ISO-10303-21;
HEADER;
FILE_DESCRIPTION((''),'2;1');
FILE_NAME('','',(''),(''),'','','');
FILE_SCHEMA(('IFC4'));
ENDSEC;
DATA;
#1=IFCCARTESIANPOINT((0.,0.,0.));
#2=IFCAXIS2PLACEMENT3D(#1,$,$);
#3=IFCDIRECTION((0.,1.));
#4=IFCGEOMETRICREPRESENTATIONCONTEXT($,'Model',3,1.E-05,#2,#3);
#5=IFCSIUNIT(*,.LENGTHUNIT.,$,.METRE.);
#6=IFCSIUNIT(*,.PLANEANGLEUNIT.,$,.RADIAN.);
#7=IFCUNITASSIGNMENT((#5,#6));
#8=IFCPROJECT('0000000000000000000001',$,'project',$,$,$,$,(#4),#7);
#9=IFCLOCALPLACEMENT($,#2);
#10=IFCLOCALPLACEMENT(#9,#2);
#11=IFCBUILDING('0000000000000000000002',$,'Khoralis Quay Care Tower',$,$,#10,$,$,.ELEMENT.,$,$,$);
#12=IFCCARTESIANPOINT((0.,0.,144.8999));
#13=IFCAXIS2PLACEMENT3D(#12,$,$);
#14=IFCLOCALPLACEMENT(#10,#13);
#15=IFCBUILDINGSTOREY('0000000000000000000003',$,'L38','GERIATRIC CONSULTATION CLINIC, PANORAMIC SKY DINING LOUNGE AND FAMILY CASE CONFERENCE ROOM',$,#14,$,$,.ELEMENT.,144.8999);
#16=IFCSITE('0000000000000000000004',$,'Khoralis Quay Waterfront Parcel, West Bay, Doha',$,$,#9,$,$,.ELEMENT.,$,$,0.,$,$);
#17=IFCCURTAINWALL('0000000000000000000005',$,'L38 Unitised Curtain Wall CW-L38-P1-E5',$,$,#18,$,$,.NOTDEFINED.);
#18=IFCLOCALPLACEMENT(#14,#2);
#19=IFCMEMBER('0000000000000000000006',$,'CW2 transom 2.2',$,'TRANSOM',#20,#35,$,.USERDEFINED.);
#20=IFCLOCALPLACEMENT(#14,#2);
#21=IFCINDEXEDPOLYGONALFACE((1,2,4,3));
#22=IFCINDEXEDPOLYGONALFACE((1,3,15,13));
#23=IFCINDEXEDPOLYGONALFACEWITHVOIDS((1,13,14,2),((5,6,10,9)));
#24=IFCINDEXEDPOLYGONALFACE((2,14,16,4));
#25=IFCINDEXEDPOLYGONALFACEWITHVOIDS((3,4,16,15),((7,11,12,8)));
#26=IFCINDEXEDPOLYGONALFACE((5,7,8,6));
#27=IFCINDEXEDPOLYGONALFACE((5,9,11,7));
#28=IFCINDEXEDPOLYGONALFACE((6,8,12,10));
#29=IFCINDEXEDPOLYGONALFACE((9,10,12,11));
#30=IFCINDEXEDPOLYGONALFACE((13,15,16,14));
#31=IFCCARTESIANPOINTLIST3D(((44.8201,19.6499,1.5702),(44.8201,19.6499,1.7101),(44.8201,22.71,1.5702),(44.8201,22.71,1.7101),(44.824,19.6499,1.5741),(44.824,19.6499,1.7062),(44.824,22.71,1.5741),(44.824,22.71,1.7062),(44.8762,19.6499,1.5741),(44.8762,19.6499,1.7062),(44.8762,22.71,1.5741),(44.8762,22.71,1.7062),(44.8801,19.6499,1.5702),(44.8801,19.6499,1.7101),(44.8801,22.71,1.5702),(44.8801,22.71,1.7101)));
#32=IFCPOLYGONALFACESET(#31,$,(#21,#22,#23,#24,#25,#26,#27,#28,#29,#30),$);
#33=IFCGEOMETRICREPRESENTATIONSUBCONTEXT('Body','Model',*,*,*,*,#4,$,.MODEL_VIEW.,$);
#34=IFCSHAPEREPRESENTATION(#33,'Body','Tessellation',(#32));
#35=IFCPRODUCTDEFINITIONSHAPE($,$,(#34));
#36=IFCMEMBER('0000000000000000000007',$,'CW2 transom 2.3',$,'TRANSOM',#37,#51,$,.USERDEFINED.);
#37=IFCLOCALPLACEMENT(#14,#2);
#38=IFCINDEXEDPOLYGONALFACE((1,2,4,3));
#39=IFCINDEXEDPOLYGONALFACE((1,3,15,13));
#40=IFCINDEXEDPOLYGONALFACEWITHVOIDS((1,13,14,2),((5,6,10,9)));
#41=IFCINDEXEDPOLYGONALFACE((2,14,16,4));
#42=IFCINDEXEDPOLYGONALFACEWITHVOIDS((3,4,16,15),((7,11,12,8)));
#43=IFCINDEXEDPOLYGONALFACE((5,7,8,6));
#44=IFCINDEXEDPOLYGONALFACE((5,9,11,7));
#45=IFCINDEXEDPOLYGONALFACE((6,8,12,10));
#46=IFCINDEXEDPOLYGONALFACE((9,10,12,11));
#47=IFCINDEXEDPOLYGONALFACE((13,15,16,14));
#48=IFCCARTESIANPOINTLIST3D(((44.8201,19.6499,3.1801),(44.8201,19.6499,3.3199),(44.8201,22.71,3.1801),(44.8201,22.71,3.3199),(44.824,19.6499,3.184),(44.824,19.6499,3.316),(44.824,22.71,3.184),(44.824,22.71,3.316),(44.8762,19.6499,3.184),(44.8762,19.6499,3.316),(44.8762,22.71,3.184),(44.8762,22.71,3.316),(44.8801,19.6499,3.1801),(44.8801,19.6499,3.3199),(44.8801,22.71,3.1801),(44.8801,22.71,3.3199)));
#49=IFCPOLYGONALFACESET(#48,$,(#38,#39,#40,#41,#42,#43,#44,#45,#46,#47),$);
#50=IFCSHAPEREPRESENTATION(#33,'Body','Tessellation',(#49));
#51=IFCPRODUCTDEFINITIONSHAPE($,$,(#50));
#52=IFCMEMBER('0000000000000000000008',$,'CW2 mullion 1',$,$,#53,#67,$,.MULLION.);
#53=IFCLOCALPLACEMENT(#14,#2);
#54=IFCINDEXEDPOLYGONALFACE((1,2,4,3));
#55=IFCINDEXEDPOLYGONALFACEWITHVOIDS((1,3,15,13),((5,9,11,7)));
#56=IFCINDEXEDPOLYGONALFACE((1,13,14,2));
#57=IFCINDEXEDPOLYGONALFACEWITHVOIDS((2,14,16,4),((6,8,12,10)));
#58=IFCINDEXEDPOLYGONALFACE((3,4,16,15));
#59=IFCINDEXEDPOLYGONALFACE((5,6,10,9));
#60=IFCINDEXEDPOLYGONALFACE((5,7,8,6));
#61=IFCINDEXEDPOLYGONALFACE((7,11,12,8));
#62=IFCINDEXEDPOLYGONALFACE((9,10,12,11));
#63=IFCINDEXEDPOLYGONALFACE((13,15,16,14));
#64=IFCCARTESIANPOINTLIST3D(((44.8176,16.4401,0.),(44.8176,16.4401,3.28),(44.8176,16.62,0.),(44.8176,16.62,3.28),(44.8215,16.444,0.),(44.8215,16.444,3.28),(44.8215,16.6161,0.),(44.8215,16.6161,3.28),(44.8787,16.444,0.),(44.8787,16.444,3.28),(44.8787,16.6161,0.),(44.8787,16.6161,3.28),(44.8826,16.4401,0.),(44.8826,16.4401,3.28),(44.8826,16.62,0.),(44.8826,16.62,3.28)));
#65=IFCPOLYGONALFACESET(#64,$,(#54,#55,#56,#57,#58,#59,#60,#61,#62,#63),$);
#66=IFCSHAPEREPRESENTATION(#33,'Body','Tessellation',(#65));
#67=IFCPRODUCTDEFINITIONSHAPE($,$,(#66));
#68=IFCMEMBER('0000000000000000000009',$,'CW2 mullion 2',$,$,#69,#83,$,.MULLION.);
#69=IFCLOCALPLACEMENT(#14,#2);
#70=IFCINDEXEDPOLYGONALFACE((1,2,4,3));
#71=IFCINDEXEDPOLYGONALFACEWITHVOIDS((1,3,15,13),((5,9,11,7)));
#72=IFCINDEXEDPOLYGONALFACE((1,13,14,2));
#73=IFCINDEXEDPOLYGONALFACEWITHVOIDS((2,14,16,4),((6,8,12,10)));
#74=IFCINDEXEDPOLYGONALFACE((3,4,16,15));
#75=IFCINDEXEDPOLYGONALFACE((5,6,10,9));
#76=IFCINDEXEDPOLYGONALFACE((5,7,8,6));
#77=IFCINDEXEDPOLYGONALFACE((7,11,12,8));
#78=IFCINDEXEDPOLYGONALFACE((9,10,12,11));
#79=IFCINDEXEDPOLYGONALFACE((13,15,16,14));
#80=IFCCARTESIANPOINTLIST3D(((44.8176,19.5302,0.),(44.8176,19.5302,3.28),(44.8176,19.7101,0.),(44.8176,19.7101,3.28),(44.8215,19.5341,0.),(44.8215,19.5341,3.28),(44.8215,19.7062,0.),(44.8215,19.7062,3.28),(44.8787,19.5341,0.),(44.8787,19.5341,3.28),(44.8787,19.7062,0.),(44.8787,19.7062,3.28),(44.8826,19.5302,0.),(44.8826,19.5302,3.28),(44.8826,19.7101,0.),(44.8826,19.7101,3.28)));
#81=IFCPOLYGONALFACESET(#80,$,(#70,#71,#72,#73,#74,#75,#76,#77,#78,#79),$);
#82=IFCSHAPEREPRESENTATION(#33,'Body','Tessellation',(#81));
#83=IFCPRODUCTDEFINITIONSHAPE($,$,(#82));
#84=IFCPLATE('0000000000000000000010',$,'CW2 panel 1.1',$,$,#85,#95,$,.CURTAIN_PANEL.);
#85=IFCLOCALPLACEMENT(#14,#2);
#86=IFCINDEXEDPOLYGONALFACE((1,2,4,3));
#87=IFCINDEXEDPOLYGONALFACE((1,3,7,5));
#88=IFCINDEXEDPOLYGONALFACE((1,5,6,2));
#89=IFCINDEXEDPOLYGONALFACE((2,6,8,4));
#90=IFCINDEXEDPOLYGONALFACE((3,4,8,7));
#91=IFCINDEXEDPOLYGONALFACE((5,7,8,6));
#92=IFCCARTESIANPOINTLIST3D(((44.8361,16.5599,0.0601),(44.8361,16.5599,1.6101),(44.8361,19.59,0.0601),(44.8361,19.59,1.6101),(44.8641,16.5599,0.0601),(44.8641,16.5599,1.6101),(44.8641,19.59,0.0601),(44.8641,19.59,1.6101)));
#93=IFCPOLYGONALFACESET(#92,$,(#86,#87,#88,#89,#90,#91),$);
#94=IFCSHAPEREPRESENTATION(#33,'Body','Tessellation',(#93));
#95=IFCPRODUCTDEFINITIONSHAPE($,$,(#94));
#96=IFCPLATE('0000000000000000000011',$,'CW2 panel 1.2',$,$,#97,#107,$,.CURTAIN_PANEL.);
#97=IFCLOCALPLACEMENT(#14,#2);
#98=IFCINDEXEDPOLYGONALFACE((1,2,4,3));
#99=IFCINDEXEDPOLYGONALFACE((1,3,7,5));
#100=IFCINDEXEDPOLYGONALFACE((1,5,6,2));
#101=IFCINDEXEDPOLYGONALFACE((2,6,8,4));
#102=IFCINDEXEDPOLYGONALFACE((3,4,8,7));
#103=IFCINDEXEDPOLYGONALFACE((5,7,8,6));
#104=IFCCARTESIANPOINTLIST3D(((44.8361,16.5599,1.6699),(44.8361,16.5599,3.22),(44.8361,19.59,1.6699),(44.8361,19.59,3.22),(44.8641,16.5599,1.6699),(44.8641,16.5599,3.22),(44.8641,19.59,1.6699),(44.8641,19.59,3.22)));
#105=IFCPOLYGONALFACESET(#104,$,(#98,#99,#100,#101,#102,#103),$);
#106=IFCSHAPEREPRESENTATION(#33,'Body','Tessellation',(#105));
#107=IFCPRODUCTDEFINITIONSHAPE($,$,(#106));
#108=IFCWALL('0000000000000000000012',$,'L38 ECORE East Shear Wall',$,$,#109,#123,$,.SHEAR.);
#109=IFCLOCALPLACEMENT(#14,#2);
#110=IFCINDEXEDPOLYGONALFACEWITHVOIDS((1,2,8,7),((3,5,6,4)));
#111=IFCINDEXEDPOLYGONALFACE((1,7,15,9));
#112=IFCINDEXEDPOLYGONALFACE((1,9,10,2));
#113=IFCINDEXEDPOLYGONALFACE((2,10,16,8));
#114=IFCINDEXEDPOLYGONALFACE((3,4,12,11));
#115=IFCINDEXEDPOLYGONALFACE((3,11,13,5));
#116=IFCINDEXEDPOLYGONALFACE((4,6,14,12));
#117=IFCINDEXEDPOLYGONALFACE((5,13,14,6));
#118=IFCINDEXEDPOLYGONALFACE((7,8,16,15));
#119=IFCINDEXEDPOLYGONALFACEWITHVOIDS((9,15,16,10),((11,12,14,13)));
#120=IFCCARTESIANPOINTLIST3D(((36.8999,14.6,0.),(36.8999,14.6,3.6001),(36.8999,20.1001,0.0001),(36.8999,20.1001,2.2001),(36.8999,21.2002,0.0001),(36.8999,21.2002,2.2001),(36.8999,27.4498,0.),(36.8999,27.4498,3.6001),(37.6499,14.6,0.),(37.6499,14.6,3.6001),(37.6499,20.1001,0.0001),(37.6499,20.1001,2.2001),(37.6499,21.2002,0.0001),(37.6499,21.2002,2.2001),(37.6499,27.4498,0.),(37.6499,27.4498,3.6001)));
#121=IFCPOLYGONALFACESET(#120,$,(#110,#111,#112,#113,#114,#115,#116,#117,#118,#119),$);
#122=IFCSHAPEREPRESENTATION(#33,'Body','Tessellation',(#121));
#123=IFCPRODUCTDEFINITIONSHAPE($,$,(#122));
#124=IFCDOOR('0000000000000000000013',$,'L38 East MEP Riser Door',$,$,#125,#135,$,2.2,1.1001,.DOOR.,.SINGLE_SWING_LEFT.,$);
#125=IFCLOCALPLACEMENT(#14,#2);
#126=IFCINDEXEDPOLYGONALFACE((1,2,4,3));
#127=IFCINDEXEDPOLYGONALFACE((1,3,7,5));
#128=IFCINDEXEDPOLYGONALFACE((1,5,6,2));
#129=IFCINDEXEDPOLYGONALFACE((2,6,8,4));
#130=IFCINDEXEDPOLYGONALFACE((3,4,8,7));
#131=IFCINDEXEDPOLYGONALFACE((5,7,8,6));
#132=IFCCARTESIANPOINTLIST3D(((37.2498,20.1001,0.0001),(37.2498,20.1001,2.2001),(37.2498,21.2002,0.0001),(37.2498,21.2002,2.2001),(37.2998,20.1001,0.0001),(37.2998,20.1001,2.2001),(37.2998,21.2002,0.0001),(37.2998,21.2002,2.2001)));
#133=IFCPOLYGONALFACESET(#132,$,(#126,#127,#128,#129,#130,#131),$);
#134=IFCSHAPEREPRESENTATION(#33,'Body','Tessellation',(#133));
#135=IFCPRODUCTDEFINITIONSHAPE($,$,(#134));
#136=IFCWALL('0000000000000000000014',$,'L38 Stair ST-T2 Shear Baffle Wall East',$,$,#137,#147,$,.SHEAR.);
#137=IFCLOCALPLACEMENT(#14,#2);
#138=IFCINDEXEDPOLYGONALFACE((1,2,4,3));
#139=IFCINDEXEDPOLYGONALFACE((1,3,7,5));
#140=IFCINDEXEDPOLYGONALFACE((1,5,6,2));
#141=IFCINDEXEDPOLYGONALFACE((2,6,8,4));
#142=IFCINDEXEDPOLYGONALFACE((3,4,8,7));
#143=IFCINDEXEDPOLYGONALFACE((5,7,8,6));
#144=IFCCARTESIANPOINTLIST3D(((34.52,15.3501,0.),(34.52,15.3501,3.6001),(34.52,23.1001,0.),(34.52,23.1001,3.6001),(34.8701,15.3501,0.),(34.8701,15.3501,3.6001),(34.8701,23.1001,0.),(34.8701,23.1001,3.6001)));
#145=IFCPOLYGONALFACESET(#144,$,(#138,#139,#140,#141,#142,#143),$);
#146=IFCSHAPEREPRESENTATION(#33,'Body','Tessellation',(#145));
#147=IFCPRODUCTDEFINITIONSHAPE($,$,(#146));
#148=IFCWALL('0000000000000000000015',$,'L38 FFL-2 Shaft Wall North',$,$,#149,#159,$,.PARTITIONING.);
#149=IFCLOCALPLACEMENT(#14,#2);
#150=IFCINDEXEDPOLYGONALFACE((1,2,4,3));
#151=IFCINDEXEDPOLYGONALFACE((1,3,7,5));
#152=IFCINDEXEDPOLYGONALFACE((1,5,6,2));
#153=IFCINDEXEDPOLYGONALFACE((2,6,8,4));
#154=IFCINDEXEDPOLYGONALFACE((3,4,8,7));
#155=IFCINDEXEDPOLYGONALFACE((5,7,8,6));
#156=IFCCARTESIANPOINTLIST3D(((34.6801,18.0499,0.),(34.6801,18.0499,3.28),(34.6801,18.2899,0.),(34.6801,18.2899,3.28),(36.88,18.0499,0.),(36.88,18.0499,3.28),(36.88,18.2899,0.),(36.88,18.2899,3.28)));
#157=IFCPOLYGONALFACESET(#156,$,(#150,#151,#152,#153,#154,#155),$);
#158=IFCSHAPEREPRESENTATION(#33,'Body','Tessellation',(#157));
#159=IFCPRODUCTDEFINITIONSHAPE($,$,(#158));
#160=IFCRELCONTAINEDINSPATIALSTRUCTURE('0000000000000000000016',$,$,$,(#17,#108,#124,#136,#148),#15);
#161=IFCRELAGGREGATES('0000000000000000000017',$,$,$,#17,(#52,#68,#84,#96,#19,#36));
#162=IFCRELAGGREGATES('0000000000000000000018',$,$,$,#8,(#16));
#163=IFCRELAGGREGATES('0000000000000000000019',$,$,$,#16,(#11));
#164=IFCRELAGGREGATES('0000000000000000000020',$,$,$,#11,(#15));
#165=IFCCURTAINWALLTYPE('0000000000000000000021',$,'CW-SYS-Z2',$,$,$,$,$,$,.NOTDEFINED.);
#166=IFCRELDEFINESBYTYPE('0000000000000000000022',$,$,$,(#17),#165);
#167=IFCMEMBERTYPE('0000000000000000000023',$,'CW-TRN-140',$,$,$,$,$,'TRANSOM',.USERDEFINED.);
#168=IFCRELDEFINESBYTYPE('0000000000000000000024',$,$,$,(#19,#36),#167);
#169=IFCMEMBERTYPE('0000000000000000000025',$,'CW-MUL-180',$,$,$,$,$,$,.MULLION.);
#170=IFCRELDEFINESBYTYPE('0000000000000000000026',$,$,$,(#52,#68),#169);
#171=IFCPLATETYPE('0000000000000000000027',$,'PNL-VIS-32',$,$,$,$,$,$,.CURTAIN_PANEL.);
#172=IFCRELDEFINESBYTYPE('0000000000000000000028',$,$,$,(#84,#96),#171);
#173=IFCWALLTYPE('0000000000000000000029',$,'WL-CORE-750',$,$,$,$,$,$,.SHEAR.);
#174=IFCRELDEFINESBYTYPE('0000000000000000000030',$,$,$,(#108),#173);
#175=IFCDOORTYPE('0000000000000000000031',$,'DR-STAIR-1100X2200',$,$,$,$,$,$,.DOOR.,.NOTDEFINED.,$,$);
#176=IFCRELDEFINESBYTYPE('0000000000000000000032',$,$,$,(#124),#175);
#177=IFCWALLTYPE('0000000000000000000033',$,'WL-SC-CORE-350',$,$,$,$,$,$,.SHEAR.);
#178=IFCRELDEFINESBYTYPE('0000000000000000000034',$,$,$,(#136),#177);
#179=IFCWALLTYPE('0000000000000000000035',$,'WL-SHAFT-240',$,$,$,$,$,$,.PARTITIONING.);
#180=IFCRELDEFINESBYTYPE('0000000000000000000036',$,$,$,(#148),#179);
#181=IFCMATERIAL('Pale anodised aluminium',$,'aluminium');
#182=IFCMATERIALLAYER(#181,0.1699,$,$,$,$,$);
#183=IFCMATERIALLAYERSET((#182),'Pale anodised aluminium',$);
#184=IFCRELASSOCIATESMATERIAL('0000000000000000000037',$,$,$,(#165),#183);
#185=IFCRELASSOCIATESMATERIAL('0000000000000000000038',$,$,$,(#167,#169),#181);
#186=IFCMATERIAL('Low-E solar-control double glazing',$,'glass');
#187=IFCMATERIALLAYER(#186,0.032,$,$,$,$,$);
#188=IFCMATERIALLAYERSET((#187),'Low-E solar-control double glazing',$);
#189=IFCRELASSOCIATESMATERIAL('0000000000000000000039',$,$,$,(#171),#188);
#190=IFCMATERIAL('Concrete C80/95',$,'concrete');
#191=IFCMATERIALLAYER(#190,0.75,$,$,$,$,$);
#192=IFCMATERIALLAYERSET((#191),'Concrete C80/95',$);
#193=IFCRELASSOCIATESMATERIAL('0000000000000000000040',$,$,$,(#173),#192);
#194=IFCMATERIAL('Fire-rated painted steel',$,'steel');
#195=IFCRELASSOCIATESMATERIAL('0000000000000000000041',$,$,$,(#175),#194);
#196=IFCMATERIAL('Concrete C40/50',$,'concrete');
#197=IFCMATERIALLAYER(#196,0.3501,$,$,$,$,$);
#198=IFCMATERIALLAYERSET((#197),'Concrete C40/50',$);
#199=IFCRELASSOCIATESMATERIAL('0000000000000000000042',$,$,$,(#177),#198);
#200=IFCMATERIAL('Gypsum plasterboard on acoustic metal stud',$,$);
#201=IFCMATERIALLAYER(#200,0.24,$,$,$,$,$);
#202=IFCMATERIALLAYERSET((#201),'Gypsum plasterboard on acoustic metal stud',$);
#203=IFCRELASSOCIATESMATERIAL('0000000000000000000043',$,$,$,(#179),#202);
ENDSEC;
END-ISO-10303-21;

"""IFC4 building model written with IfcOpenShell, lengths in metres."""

from ifc_helpers import new_model, si_unit, direction, frame, frame_2d, origin, origin_2d, place, context, subcontext, project, spatial, rectangle, hollow_rectangle, extrude, source, transform, mapped, material, layer, layer_set, material_profile, profile_set, type_object, element, fill, aggregate, save


model = new_model("IFC4")

# Units and contexts
model_context = context("Model", 3, precision=1e-05, world=origin(), true_north=direction((0.0, 1.0)))
body_context = subcontext(model_context, "Body", "Model", "MODEL_VIEW")
ifc_project = project(units=[si_unit("LENGTHUNIT", "METRE"), si_unit("PLANEANGLEUNIT", "RADIAN")], contexts=[model_context])

# Site, building, storey
site_placement = place(None, origin())
site = spatial("IfcSite", under=ifc_project, at=site_placement, Name="Khoralis Quay Waterfront Parcel, West Bay, Doha", CompositionType="ELEMENT", RefElevation=0.0)
building_placement = place(site_placement, origin())
building = spatial("IfcBuilding", under=site, at=building_placement, Name="Khoralis Quay Care Tower", CompositionType="ELEMENT")
storey_placement = place(building_placement, frame((0.0, 0.0, 144.8999)))
storey = spatial("IfcBuildingStorey", under=building, at=storey_placement, Name="L38", Description="GERIATRIC CONSULTATION CLINIC, PANORAMIC SKY DINING LOUNGE AND FAMILY CASE CONFERENCE ROOM", CompositionType="ELEMENT", Elevation=144.8999)

# Curtain wall, members, plates
ifc_material_1 = material(Name="Pale anodised aluminium", Category="aluminium")
ifc_layer_1 = layer(ifc_material_1, 0.1699)
ifc_layer_set_1 = layer_set([ifc_layer_1], Name="Pale anodised aluminium")
curtain_wall_type = type_object("IfcCurtainWallType", Name="CW-SYS-Z2", PredefinedType="NOTDEFINED", material=ifc_layer_set_1)
curtain_wall_placement = place(storey_placement, origin())
curtain_wall = element("IfcCurtainWall", 1, at=curtain_wall_placement, inside=storey, type_object=curtain_wall_type, Name="L38 Unitised Curtain Wall CW-L38-P1-E5", PredefinedType="NOTDEFINED")
ifc_material_profile_1 = material_profile(ifc_material_1, hollow_rectangle(XDim=0.0601, YDim=0.1399, WallThickness=0.0039, at=origin_2d()), Name="Pale anodised aluminium")
ifc_profile_set_1 = profile_set([ifc_material_profile_1], Name="Pale anodised aluminium")
member_type_1 = type_object("IfcMemberType", Name="CW-TRN-140", ElementType="TRANSOM", PredefinedType="USERDEFINED", material=ifc_profile_set_1)
shared_shape_1 = source(origin(), body_context, "Body", "SweptSolid", [
    extrude(hollow_rectangle(XDim=0.0601, YDim=0.1399, WallThickness=0.0039, at=origin_2d()), origin(), (0.0, 0.0, 1.0), 3.0601),
])
member_1_placement = place(storey_placement, frame((44.8501, 19.6499, 1.6401), z_axis=(0.0, 1.0, 0.0), x_axis=(-1.0, 0.0, 0.0)))
member_1 = element("IfcMember", 2, at=member_1_placement, type_object=member_type_1, Name="CW2 transom 2.2", ObjectType="TRANSOM", PredefinedType="USERDEFINED", context=body_context, shape_type="MappedRepresentation", body=[
    mapped(shared_shape_1, transform((0.0, 0.0, 0.0), scale=1.0)),
])
member_2_placement = place(storey_placement, frame((44.8501, 19.6499, 3.25), z_axis=(0.0, 1.0, 0.0), x_axis=(-1.0, 0.0, 0.0)))
member_2 = element("IfcMember", 3, at=member_2_placement, type_object=member_type_1, Name="CW2 transom 2.3", ObjectType="TRANSOM", PredefinedType="USERDEFINED", context=body_context, shape_type="MappedRepresentation", body=[
    mapped(shared_shape_1, transform((0.0, 0.0, 0.0), scale=1.0)),
])
ifc_material_profile_2 = material_profile(ifc_material_1, hollow_rectangle(XDim=0.0649, YDim=0.1799, WallThickness=0.0039, at=origin_2d()), Name="Pale anodised aluminium")
ifc_profile_set_2 = profile_set([ifc_material_profile_2], Name="Pale anodised aluminium")
member_type_2 = type_object("IfcMemberType", Name="CW-MUL-180", PredefinedType="MULLION", material=ifc_profile_set_2)
shared_shape_2 = source(origin(), body_context, "Body", "SweptSolid", [
    extrude(hollow_rectangle(XDim=0.0649, YDim=0.1799, WallThickness=0.0039, at=origin_2d()), origin(), (0.0, 0.0, 1.0), 3.28),
])
member_3_placement = place(storey_placement, frame((44.8501, 16.53, 0.0), z_axis=(0.0, 0.0, 1.0), x_axis=(-1.0, 0.0, 0.0)))
member_3 = element("IfcMember", 4, at=member_3_placement, type_object=member_type_2, Name="CW2 mullion 1", PredefinedType="MULLION", context=body_context, shape_type="MappedRepresentation", body=[
    mapped(shared_shape_2, transform((0.0, 0.0, 0.0), scale=1.0)),
])
member_4_placement = place(storey_placement, frame((44.8501, 19.6201, 0.0), z_axis=(0.0, 0.0, 1.0), x_axis=(-1.0, 0.0, 0.0)))
member_4 = element("IfcMember", 5, at=member_4_placement, type_object=member_type_2, Name="CW2 mullion 2", PredefinedType="MULLION", context=body_context, shape_type="MappedRepresentation", body=[
    mapped(shared_shape_2, transform((0.0, 0.0, 0.0), scale=1.0)),
])
ifc_material_2 = material(Name="Low-E solar-control double glazing", Category="glass")
ifc_layer_2 = layer(ifc_material_2, 0.032)
ifc_layer_set_2 = layer_set([ifc_layer_2], Name="Low-E solar-control double glazing")
plate_type = type_object("IfcPlateType", Name="PNL-VIS-32", PredefinedType="CURTAIN_PANEL", material=ifc_layer_set_2)
shared_shape_3 = source(origin(), body_context, "Body", "SweptSolid", [
    extrude(rectangle(XDim=3.03, YDim=0.0281, at=origin_2d()), origin(), (0.0, 0.0, 1.0), 1.55),
])
plate_1_placement = place(storey_placement, frame((44.8501, 18.075, 0.0601), z_axis=(0.0, 0.0, 1.0), x_axis=(0.0, 1.0, 0.0)))
plate_1 = element("IfcPlate", 6, at=plate_1_placement, type_object=plate_type, Name="CW2 panel 1.1", PredefinedType="CURTAIN_PANEL", context=body_context, shape_type="MappedRepresentation", body=[
    mapped(shared_shape_3, transform((0.0, 0.0, 0.0), scale=1.0)),
])
plate_2_placement = place(storey_placement, frame((44.8501, 18.075, 1.6699), z_axis=(0.0, 0.0, 1.0), x_axis=(0.0, 1.0, 0.0)))
plate_2 = element("IfcPlate", 7, at=plate_2_placement, type_object=plate_type, Name="CW2 panel 1.2", PredefinedType="CURTAIN_PANEL", context=body_context, shape_type="MappedRepresentation", body=[
    mapped(shared_shape_3, transform((0.0, 0.0, 0.0), scale=1.0)),
])
aggregate(curtain_wall, [member_3, member_4, plate_1, plate_2, member_1, member_2])

# Wall, opening, door
ifc_material_3 = material(Name="Concrete C80/95", Category="concrete")
ifc_layer_3 = layer(ifc_material_3, 0.75)
ifc_layer_set_3 = layer_set([ifc_layer_3], Name="Concrete C80/95")
wall_type_1 = type_object("IfcWallType", Name="WL-CORE-750", PredefinedType="SHEAR", material=ifc_layer_set_3)
wall_1_placement = place(storey_placement, frame((37.2749, 14.6001, 0.0), z_axis=(0.0, 0.0, 1.0), x_axis=(0.0, 1.0, 0.0)))
wall_1 = element("IfcWall", 8, at=wall_1_placement, inside=storey, type_object=wall_type_1, Name="L38 ECORE East Shear Wall", PredefinedType="SHEAR", context=body_context, shape_type="SweptSolid", body=[
    extrude(rectangle(XDim=12.8499, YDim=0.75, at=frame_2d((6.4248, 0.0))), origin(), (0.0, 0.0, 1.0), 3.6001),
])
opening_placement = place(wall_1_placement, frame((5.5, 0.0, 0.0)))
opening = element("IfcOpeningElement", 9, at=opening_placement, cuts=wall_1, PredefinedType="OPENING", context=body_context, shape_type="SweptSolid", body=[
    extrude(rectangle(XDim=1.1001, YDim=2.2, at=frame_2d((0.55, 1.1001))), frame((0.0, 0.385, 0.0), z_axis=(0.0, -1.0, 0.0), x_axis=(1.0, 0.0, 0.0)), (0.0, 0.0, 1.0), 0.77),
])
ifc_material_4 = material(Name="Fire-rated painted steel", Category="steel")
door_type = type_object("IfcDoorType", Name="DR-STAIR-1100X2200", OperationType="NOTDEFINED", PredefinedType="DOOR", material=ifc_material_4)
shared_shape_4 = source(origin(), body_context, "Body", "SweptSolid", [
    extrude(rectangle(XDim=1.1001, YDim=2.2, at=frame_2d((0.55, 1.1001))), frame((0.0, 0.0249, 0.0), z_axis=(0.0, -1.0, 0.0), x_axis=(1.0, 0.0, 0.0)), (0.0, 0.0, 1.0), 0.05),
])
door_placement = place(opening_placement, frame((1.1001, 0.0, 0.0), z_axis=(0.0, 0.0, 1.0), x_axis=(-1.0, 0.0, 0.0)))
door = element("IfcDoor", 10, at=door_placement, inside=storey, type_object=door_type, Name="L38 East MEP Riser Door", OperationType="SINGLE_SWING_LEFT", OverallHeight=2.2, OverallWidth=1.1001, PredefinedType="DOOR", context=body_context, shape_type="MappedRepresentation", body=[
    mapped(shared_shape_4, transform((0.0, 0.0, 0.0), scale=1.0)),
])
fill(opening, door)

# Walls
ifc_material_5 = material(Name="Concrete C40/50", Category="concrete")
ifc_layer_4 = layer(ifc_material_5, 0.3501)
ifc_layer_set_4 = layer_set([ifc_layer_4], Name="Concrete C40/50")
wall_type_2 = type_object("IfcWallType", Name="WL-SC-CORE-350", PredefinedType="SHEAR", material=ifc_layer_set_4)
wall_2_placement = place(storey_placement, frame((34.6951, 15.3501, 0.0), z_axis=(0.0, 0.0, 1.0), x_axis=(0.0, 1.0, 0.0)))
element("IfcWall", 11, at=wall_2_placement, inside=storey, type_object=wall_type_2, Name="L38 Stair ST-T2 Shear Baffle Wall East", PredefinedType="SHEAR", context=body_context, shape_type="SweptSolid", body=[
    extrude(rectangle(XDim=7.75, YDim=0.3501, at=frame_2d((3.875, 0.0))), origin(), (0.0, 0.0, 1.0), 3.6001),
])
ifc_material_6 = material(Name="Gypsum plasterboard on acoustic metal stud")
ifc_layer_5 = layer(ifc_material_6, 0.24)
ifc_layer_set_5 = layer_set([ifc_layer_5], Name="Gypsum plasterboard on acoustic metal stud")
wall_type_3 = type_object("IfcWallType", Name="WL-SHAFT-240", PredefinedType="PARTITIONING", material=ifc_layer_set_5)
wall_3_placement = place(storey_placement, frame((34.6799, 18.1699, 0.0), z_axis=(0.0, 0.0, 1.0), x_axis=(1.0, 0.0, 0.0)))
element("IfcWall", 12, at=wall_3_placement, inside=storey, type_object=wall_type_3, Name="L38 FFL-2 Shaft Wall North", PredefinedType="PARTITIONING", context=body_context, shape_type="SweptSolid", body=[
    extrude(rectangle(XDim=2.2, YDim=0.24, at=frame_2d((1.1001, 0.0))), origin(), (0.0, 0.0, 1.0), 3.28),
])

save(model, "model.ifc")
